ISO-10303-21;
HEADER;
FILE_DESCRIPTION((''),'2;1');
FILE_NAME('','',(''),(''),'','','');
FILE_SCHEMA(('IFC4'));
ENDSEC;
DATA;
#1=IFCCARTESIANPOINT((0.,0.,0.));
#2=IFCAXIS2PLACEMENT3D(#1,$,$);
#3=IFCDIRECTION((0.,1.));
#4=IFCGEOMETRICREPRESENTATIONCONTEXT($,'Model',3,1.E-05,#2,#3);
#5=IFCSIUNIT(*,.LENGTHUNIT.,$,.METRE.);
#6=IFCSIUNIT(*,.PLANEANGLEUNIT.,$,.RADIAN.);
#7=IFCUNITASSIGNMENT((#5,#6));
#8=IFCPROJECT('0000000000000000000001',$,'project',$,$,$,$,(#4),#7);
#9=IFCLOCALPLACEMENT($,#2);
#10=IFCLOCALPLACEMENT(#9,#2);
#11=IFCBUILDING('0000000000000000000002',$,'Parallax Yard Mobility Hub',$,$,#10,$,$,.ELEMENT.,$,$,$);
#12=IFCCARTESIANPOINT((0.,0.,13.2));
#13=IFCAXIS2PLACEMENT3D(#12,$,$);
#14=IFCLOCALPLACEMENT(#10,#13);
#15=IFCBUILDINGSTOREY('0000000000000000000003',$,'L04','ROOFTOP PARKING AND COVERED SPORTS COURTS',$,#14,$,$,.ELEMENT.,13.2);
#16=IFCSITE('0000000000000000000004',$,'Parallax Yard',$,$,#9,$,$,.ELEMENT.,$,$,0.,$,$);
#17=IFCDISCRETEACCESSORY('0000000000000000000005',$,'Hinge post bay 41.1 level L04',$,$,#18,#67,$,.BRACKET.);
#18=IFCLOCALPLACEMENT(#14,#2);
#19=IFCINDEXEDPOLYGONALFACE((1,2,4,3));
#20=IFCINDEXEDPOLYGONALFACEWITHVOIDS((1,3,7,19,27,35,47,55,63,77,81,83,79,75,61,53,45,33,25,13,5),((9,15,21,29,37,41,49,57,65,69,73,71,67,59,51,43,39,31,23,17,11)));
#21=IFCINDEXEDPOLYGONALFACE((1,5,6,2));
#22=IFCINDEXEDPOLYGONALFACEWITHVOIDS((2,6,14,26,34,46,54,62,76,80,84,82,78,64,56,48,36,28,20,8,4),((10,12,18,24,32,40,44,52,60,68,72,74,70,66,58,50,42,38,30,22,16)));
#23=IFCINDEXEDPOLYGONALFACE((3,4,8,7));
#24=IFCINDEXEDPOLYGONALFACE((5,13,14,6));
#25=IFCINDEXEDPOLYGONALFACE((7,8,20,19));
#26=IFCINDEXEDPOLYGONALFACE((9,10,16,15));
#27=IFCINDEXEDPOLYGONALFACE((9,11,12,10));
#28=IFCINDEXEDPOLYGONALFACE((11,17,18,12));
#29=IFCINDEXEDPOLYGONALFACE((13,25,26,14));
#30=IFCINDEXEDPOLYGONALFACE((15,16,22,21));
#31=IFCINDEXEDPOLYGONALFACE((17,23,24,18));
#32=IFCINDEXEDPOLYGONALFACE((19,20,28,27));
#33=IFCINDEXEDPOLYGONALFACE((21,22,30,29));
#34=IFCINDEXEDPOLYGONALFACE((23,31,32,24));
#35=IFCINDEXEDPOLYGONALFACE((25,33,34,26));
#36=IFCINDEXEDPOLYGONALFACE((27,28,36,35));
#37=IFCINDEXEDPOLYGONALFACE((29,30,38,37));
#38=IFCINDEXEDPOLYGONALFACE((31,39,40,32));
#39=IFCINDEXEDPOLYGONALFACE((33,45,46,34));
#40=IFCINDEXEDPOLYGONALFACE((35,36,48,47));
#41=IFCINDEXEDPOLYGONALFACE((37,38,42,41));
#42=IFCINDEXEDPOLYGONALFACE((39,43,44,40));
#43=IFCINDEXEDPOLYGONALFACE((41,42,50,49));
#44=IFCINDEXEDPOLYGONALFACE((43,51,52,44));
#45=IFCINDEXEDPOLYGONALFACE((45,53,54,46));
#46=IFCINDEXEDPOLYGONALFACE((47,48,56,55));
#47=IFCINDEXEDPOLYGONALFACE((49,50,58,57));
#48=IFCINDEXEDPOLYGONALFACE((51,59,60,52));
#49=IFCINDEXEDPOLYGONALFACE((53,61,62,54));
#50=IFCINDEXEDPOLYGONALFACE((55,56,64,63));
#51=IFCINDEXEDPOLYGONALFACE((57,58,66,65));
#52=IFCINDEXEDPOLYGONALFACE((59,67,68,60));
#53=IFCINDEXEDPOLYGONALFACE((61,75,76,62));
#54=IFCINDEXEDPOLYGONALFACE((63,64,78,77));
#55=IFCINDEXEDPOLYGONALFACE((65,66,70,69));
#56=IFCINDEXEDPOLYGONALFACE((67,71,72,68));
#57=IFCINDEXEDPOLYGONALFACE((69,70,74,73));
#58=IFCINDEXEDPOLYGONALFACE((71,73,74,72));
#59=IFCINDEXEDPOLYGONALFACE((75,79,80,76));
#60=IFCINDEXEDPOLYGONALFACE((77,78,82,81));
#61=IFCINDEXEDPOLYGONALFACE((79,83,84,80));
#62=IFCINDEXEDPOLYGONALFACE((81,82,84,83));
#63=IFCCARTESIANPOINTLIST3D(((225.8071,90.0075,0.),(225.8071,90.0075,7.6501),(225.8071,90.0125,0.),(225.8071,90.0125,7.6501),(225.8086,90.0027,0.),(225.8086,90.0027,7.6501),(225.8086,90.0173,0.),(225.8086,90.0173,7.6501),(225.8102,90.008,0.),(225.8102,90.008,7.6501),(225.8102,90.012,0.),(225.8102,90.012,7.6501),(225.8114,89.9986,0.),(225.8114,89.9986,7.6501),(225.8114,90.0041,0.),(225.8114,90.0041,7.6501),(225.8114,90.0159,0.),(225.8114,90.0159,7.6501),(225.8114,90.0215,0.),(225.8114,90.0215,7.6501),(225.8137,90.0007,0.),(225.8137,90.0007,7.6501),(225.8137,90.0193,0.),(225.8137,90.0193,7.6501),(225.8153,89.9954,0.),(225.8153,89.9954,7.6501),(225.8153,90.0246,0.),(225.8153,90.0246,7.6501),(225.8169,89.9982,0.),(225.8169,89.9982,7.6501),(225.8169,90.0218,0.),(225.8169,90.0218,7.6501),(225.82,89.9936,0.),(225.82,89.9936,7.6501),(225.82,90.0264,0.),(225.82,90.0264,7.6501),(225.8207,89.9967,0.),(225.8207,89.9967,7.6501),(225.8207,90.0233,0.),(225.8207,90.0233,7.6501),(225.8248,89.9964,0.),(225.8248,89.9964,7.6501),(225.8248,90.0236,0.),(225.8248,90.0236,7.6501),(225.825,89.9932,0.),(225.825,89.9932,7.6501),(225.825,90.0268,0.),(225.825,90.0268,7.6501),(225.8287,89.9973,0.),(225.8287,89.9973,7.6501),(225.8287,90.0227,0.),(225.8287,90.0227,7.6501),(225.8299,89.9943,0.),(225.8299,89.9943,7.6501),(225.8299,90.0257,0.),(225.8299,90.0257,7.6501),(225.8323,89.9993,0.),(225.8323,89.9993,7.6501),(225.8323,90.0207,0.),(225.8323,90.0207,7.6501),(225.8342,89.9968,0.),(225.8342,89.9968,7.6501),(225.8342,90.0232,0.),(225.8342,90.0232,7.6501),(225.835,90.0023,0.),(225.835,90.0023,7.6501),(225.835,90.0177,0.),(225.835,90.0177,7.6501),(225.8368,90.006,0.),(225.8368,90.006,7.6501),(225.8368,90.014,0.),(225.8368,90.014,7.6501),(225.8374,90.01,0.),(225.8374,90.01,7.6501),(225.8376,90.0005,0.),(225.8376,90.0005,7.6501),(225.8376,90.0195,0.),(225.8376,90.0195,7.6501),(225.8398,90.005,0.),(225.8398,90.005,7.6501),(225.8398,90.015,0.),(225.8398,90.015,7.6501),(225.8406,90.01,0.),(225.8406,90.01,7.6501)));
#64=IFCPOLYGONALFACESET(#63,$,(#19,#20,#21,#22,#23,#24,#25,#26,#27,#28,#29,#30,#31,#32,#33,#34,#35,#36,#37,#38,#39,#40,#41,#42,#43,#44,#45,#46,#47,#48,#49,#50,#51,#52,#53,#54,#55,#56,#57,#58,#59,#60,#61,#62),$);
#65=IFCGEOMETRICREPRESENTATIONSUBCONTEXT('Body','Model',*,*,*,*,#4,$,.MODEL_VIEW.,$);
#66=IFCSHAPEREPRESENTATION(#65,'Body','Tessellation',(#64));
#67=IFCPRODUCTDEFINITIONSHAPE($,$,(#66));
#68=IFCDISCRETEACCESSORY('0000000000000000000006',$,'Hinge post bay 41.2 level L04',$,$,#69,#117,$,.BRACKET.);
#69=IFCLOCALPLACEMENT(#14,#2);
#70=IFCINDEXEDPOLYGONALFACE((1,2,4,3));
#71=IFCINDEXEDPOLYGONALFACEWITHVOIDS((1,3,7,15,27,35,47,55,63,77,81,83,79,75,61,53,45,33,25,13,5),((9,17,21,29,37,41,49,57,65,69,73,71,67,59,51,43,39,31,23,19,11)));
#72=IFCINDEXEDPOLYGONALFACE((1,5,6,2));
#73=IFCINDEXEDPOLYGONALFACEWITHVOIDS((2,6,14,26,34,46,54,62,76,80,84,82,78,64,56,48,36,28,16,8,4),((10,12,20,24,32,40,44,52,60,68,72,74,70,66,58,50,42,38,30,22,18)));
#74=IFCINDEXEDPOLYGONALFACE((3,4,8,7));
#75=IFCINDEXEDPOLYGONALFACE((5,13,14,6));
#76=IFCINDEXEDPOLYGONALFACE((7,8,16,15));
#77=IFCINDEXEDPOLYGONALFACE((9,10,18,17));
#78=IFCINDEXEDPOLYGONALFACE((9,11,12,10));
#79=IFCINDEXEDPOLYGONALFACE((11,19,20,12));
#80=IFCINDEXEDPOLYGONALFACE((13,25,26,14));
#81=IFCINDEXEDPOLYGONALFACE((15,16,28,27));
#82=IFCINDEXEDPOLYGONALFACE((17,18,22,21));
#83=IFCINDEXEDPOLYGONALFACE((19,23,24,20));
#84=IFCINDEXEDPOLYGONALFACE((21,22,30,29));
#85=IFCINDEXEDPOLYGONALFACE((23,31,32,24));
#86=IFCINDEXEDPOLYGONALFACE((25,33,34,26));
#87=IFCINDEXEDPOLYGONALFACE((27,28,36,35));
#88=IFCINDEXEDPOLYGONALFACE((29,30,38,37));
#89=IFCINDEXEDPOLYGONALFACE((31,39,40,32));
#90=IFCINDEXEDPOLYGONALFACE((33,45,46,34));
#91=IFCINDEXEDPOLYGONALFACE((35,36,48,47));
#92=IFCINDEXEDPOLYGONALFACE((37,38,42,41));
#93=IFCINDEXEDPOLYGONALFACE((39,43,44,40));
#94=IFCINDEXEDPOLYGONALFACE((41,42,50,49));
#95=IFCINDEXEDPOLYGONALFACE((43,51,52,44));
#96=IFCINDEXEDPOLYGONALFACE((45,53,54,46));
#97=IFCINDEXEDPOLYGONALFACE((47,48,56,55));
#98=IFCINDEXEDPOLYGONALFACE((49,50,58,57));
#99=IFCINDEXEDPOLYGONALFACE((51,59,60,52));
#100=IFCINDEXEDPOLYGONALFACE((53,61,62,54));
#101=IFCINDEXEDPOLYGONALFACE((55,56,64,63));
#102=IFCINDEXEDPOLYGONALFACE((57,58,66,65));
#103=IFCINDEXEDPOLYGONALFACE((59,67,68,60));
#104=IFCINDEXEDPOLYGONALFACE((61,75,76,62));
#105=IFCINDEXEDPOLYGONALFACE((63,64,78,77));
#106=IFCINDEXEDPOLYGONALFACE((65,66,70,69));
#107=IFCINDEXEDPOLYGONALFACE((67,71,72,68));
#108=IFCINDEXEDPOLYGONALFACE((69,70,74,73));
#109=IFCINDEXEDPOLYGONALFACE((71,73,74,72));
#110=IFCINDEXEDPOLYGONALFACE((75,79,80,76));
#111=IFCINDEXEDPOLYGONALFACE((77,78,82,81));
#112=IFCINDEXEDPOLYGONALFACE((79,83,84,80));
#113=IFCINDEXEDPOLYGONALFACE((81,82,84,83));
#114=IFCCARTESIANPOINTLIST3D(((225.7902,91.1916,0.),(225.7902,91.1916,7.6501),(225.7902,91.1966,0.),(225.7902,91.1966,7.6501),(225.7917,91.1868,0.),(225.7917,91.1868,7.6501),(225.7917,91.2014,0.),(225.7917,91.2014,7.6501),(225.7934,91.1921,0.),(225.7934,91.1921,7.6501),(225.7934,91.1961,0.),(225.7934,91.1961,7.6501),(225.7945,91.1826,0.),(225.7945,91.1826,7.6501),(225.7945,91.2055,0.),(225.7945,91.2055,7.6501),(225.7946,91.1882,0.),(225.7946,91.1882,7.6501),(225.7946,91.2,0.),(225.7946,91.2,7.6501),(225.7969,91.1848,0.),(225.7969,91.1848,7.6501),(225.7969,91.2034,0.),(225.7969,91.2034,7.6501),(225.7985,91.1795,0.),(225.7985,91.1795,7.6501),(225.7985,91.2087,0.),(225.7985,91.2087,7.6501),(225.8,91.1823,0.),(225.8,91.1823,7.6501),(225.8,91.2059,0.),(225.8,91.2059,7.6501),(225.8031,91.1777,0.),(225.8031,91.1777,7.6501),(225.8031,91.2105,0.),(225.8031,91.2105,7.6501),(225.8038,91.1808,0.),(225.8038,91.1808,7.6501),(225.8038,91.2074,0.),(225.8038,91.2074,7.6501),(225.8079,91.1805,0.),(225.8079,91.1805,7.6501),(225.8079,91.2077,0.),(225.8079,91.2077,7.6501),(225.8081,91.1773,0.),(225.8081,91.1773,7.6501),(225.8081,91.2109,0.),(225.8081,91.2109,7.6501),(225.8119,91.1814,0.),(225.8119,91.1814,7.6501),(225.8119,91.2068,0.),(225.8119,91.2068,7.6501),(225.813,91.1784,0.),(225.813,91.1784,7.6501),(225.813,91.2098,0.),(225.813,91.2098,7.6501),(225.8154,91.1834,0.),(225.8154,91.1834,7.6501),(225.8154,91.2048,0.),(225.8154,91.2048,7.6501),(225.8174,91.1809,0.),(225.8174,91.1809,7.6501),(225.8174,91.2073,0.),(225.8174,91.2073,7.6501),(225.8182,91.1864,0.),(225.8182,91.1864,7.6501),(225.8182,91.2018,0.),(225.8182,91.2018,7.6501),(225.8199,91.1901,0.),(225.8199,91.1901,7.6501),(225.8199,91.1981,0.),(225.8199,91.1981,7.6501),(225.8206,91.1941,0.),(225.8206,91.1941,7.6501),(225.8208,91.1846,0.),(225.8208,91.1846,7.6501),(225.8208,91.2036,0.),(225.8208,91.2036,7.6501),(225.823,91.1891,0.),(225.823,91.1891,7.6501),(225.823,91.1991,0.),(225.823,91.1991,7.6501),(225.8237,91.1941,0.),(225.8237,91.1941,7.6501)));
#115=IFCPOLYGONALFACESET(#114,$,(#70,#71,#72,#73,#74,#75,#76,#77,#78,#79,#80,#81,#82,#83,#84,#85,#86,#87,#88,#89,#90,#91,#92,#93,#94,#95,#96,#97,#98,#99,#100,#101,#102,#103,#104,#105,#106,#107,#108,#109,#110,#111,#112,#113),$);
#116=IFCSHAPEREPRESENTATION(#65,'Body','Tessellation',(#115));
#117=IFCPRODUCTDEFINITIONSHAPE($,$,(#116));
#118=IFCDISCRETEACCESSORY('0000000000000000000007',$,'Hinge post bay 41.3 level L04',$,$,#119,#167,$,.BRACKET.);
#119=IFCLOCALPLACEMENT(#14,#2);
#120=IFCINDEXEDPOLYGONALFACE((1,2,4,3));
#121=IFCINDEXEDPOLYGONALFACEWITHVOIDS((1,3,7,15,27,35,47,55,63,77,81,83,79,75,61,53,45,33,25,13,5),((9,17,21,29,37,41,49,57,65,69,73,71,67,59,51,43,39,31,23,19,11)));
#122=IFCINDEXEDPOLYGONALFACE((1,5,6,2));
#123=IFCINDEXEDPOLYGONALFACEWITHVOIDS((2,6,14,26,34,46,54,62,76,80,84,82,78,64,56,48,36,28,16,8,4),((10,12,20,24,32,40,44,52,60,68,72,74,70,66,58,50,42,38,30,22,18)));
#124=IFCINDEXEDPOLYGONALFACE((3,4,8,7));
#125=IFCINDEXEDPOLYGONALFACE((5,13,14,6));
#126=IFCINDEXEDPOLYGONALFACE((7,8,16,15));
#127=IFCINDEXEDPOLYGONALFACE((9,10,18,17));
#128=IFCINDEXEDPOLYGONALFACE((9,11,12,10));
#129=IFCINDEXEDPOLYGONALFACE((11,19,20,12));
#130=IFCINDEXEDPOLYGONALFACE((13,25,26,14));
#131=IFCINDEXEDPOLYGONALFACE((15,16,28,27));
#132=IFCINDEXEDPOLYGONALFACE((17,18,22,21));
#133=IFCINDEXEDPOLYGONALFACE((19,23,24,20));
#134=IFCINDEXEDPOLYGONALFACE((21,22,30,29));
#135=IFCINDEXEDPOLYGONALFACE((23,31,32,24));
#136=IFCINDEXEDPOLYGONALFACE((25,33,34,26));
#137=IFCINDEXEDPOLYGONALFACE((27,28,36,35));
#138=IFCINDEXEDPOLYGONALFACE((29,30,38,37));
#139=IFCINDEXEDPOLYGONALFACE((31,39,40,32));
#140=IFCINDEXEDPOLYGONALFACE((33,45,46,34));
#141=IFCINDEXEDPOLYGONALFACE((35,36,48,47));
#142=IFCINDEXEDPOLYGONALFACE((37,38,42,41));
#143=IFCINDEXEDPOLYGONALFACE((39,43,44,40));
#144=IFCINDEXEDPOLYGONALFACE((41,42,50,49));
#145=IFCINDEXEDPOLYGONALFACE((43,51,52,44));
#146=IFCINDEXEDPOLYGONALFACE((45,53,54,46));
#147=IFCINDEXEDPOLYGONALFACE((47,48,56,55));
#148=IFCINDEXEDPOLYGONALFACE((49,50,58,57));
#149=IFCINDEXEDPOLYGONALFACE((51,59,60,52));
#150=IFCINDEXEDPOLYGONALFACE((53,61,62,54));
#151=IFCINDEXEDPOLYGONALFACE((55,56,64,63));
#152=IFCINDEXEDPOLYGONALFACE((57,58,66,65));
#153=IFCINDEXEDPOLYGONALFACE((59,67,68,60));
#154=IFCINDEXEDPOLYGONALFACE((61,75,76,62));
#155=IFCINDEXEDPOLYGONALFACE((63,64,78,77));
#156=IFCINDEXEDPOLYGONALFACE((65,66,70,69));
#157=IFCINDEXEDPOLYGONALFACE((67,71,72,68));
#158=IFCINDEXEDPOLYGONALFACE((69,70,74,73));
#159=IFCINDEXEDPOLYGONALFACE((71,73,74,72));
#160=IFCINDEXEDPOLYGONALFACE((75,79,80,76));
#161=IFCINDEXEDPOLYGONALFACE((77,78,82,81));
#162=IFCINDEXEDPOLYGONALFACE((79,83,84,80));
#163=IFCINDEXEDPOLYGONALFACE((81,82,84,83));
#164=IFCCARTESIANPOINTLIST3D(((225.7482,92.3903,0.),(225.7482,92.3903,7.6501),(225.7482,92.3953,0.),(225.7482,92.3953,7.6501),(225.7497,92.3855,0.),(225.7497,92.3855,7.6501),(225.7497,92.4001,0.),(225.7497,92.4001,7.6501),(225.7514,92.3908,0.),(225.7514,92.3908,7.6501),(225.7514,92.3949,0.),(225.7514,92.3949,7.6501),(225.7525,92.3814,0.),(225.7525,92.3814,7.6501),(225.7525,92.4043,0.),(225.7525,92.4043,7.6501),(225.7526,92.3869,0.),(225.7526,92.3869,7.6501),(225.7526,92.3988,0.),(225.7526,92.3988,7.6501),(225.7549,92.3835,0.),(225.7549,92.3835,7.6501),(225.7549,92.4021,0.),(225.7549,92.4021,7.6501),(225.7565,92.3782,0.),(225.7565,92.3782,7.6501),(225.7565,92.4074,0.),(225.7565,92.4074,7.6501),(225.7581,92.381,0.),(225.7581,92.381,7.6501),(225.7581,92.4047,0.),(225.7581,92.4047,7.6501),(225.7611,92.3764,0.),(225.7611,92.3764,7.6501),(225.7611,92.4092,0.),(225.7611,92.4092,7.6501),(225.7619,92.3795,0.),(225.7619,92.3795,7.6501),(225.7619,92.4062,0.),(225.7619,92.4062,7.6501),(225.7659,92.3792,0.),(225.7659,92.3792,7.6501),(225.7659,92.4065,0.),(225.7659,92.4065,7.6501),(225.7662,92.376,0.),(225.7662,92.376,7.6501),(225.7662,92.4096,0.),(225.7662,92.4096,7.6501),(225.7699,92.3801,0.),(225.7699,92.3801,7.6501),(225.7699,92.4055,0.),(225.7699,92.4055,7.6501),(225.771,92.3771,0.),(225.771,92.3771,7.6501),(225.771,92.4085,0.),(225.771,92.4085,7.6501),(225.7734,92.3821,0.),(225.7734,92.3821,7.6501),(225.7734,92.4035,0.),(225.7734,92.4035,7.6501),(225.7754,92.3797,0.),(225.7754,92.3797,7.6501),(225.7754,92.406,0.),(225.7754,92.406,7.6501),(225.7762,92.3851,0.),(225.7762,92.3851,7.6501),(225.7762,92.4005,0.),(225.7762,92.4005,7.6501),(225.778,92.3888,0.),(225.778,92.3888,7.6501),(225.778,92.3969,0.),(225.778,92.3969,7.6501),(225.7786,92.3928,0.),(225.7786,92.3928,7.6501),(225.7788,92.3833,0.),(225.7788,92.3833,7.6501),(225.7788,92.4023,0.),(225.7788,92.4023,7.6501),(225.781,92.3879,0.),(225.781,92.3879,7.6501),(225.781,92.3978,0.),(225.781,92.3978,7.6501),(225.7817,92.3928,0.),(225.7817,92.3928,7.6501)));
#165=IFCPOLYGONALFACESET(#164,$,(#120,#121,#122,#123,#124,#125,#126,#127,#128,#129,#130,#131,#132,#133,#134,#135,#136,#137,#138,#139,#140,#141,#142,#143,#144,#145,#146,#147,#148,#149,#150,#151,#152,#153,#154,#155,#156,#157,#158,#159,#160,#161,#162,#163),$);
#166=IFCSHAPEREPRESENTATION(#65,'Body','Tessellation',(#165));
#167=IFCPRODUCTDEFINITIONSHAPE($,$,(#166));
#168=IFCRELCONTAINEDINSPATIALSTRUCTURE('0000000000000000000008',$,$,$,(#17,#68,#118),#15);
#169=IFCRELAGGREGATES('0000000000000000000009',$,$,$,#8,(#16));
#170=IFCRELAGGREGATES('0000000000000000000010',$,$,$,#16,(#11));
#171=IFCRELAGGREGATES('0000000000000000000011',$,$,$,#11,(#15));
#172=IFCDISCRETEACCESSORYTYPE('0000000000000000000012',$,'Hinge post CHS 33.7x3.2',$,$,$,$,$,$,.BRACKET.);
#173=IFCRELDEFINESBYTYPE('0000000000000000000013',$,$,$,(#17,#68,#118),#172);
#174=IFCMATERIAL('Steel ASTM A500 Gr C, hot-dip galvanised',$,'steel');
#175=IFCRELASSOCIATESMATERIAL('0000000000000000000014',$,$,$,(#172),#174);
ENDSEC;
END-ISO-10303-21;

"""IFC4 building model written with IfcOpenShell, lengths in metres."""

from ifc_helpers import new_model, si_unit, direction, frame, origin, origin_2d, place, context, subcontext, project, spatial, hollow_circle, extrude, material, material_profile, profile_set, type_object, element, save


model = new_model("IFC4")

# Units and contexts
model_context = context("Model", 3, precision=1e-05, world=origin(), true_north=direction((0.0, 1.0)))
body_context = subcontext(model_context, "Body", "Model", "MODEL_VIEW")
ifc_project = project(units=[si_unit("LENGTHUNIT", "METRE"), si_unit("PLANEANGLEUNIT", "RADIAN")], contexts=[model_context])

# Site, building, storey
site_placement = place(None, origin())
site = spatial("IfcSite", under=ifc_project, at=site_placement, Name="Parallax Yard", CompositionType="ELEMENT", RefElevation=0.0)
building_placement = place(site_placement, origin())
building = spatial("IfcBuilding", under=site, at=building_placement, Name="Parallax Yard Mobility Hub", CompositionType="ELEMENT")
storey_placement = place(building_placement, frame((0.0, 0.0, 13.2)))
storey = spatial("IfcBuildingStorey", under=building, at=storey_placement, Name="L04", Description="ROOFTOP PARKING AND COVERED SPORTS COURTS", CompositionType="ELEMENT", Elevation=13.2)

# Discrete accessories
ifc_material_1 = material(Name="Steel ASTM A500 Gr C, hot-dip galvanised", Category="steel")
ifc_material_profile = material_profile(ifc_material_1, hollow_circle(Radius=0.0168, WallThickness=0.0032, at=origin_2d()), Name="CHS 33.7x3.2")
ifc_profile_set = profile_set([ifc_material_profile], Name="Steel ASTM A500 Gr C, hot-dip galvanised")
discrete_accessory_type_1 = type_object("IfcDiscreteAccessoryType", Name="Hinge post CHS 33.7x3.2", PredefinedType="BRACKET", material=ifc_profile_set)
for number, where, z_axis, x_axis, name in (
    (1, (225.8237, 90.01, 0.0), (0.0, 0.0, 1.0), (1.0, 0.0, 0.0), "Hinge post bay 41.1 level L04"),
    (2, (225.8069, 91.1941, 0.0), (0.0, 0.0, 1.0), (1.0, 0.0, 0.0), "Hinge post bay 41.2 level L04"),
    (3, (225.7649, 92.3928, 0.0), (0.0, 0.0, 1.0), (1.0, 0.0, 0.0), "Hinge post bay 41.3 level L04"),
):
    element("IfcDiscreteAccessory", number, at=place(storey_placement, frame(where, z_axis=z_axis, x_axis=x_axis)), inside=storey, type_object=discrete_accessory_type_1, Name=name, PredefinedType="BRACKET", context=body_context, shape_type="SweptSolid", body=[
        extrude(hollow_circle(Radius=0.0168, WallThickness=0.0032, at=origin_2d()), origin(), (0.0, 0.0, 1.0), 7.6501),
    ])

save(model, "model.ifc")
